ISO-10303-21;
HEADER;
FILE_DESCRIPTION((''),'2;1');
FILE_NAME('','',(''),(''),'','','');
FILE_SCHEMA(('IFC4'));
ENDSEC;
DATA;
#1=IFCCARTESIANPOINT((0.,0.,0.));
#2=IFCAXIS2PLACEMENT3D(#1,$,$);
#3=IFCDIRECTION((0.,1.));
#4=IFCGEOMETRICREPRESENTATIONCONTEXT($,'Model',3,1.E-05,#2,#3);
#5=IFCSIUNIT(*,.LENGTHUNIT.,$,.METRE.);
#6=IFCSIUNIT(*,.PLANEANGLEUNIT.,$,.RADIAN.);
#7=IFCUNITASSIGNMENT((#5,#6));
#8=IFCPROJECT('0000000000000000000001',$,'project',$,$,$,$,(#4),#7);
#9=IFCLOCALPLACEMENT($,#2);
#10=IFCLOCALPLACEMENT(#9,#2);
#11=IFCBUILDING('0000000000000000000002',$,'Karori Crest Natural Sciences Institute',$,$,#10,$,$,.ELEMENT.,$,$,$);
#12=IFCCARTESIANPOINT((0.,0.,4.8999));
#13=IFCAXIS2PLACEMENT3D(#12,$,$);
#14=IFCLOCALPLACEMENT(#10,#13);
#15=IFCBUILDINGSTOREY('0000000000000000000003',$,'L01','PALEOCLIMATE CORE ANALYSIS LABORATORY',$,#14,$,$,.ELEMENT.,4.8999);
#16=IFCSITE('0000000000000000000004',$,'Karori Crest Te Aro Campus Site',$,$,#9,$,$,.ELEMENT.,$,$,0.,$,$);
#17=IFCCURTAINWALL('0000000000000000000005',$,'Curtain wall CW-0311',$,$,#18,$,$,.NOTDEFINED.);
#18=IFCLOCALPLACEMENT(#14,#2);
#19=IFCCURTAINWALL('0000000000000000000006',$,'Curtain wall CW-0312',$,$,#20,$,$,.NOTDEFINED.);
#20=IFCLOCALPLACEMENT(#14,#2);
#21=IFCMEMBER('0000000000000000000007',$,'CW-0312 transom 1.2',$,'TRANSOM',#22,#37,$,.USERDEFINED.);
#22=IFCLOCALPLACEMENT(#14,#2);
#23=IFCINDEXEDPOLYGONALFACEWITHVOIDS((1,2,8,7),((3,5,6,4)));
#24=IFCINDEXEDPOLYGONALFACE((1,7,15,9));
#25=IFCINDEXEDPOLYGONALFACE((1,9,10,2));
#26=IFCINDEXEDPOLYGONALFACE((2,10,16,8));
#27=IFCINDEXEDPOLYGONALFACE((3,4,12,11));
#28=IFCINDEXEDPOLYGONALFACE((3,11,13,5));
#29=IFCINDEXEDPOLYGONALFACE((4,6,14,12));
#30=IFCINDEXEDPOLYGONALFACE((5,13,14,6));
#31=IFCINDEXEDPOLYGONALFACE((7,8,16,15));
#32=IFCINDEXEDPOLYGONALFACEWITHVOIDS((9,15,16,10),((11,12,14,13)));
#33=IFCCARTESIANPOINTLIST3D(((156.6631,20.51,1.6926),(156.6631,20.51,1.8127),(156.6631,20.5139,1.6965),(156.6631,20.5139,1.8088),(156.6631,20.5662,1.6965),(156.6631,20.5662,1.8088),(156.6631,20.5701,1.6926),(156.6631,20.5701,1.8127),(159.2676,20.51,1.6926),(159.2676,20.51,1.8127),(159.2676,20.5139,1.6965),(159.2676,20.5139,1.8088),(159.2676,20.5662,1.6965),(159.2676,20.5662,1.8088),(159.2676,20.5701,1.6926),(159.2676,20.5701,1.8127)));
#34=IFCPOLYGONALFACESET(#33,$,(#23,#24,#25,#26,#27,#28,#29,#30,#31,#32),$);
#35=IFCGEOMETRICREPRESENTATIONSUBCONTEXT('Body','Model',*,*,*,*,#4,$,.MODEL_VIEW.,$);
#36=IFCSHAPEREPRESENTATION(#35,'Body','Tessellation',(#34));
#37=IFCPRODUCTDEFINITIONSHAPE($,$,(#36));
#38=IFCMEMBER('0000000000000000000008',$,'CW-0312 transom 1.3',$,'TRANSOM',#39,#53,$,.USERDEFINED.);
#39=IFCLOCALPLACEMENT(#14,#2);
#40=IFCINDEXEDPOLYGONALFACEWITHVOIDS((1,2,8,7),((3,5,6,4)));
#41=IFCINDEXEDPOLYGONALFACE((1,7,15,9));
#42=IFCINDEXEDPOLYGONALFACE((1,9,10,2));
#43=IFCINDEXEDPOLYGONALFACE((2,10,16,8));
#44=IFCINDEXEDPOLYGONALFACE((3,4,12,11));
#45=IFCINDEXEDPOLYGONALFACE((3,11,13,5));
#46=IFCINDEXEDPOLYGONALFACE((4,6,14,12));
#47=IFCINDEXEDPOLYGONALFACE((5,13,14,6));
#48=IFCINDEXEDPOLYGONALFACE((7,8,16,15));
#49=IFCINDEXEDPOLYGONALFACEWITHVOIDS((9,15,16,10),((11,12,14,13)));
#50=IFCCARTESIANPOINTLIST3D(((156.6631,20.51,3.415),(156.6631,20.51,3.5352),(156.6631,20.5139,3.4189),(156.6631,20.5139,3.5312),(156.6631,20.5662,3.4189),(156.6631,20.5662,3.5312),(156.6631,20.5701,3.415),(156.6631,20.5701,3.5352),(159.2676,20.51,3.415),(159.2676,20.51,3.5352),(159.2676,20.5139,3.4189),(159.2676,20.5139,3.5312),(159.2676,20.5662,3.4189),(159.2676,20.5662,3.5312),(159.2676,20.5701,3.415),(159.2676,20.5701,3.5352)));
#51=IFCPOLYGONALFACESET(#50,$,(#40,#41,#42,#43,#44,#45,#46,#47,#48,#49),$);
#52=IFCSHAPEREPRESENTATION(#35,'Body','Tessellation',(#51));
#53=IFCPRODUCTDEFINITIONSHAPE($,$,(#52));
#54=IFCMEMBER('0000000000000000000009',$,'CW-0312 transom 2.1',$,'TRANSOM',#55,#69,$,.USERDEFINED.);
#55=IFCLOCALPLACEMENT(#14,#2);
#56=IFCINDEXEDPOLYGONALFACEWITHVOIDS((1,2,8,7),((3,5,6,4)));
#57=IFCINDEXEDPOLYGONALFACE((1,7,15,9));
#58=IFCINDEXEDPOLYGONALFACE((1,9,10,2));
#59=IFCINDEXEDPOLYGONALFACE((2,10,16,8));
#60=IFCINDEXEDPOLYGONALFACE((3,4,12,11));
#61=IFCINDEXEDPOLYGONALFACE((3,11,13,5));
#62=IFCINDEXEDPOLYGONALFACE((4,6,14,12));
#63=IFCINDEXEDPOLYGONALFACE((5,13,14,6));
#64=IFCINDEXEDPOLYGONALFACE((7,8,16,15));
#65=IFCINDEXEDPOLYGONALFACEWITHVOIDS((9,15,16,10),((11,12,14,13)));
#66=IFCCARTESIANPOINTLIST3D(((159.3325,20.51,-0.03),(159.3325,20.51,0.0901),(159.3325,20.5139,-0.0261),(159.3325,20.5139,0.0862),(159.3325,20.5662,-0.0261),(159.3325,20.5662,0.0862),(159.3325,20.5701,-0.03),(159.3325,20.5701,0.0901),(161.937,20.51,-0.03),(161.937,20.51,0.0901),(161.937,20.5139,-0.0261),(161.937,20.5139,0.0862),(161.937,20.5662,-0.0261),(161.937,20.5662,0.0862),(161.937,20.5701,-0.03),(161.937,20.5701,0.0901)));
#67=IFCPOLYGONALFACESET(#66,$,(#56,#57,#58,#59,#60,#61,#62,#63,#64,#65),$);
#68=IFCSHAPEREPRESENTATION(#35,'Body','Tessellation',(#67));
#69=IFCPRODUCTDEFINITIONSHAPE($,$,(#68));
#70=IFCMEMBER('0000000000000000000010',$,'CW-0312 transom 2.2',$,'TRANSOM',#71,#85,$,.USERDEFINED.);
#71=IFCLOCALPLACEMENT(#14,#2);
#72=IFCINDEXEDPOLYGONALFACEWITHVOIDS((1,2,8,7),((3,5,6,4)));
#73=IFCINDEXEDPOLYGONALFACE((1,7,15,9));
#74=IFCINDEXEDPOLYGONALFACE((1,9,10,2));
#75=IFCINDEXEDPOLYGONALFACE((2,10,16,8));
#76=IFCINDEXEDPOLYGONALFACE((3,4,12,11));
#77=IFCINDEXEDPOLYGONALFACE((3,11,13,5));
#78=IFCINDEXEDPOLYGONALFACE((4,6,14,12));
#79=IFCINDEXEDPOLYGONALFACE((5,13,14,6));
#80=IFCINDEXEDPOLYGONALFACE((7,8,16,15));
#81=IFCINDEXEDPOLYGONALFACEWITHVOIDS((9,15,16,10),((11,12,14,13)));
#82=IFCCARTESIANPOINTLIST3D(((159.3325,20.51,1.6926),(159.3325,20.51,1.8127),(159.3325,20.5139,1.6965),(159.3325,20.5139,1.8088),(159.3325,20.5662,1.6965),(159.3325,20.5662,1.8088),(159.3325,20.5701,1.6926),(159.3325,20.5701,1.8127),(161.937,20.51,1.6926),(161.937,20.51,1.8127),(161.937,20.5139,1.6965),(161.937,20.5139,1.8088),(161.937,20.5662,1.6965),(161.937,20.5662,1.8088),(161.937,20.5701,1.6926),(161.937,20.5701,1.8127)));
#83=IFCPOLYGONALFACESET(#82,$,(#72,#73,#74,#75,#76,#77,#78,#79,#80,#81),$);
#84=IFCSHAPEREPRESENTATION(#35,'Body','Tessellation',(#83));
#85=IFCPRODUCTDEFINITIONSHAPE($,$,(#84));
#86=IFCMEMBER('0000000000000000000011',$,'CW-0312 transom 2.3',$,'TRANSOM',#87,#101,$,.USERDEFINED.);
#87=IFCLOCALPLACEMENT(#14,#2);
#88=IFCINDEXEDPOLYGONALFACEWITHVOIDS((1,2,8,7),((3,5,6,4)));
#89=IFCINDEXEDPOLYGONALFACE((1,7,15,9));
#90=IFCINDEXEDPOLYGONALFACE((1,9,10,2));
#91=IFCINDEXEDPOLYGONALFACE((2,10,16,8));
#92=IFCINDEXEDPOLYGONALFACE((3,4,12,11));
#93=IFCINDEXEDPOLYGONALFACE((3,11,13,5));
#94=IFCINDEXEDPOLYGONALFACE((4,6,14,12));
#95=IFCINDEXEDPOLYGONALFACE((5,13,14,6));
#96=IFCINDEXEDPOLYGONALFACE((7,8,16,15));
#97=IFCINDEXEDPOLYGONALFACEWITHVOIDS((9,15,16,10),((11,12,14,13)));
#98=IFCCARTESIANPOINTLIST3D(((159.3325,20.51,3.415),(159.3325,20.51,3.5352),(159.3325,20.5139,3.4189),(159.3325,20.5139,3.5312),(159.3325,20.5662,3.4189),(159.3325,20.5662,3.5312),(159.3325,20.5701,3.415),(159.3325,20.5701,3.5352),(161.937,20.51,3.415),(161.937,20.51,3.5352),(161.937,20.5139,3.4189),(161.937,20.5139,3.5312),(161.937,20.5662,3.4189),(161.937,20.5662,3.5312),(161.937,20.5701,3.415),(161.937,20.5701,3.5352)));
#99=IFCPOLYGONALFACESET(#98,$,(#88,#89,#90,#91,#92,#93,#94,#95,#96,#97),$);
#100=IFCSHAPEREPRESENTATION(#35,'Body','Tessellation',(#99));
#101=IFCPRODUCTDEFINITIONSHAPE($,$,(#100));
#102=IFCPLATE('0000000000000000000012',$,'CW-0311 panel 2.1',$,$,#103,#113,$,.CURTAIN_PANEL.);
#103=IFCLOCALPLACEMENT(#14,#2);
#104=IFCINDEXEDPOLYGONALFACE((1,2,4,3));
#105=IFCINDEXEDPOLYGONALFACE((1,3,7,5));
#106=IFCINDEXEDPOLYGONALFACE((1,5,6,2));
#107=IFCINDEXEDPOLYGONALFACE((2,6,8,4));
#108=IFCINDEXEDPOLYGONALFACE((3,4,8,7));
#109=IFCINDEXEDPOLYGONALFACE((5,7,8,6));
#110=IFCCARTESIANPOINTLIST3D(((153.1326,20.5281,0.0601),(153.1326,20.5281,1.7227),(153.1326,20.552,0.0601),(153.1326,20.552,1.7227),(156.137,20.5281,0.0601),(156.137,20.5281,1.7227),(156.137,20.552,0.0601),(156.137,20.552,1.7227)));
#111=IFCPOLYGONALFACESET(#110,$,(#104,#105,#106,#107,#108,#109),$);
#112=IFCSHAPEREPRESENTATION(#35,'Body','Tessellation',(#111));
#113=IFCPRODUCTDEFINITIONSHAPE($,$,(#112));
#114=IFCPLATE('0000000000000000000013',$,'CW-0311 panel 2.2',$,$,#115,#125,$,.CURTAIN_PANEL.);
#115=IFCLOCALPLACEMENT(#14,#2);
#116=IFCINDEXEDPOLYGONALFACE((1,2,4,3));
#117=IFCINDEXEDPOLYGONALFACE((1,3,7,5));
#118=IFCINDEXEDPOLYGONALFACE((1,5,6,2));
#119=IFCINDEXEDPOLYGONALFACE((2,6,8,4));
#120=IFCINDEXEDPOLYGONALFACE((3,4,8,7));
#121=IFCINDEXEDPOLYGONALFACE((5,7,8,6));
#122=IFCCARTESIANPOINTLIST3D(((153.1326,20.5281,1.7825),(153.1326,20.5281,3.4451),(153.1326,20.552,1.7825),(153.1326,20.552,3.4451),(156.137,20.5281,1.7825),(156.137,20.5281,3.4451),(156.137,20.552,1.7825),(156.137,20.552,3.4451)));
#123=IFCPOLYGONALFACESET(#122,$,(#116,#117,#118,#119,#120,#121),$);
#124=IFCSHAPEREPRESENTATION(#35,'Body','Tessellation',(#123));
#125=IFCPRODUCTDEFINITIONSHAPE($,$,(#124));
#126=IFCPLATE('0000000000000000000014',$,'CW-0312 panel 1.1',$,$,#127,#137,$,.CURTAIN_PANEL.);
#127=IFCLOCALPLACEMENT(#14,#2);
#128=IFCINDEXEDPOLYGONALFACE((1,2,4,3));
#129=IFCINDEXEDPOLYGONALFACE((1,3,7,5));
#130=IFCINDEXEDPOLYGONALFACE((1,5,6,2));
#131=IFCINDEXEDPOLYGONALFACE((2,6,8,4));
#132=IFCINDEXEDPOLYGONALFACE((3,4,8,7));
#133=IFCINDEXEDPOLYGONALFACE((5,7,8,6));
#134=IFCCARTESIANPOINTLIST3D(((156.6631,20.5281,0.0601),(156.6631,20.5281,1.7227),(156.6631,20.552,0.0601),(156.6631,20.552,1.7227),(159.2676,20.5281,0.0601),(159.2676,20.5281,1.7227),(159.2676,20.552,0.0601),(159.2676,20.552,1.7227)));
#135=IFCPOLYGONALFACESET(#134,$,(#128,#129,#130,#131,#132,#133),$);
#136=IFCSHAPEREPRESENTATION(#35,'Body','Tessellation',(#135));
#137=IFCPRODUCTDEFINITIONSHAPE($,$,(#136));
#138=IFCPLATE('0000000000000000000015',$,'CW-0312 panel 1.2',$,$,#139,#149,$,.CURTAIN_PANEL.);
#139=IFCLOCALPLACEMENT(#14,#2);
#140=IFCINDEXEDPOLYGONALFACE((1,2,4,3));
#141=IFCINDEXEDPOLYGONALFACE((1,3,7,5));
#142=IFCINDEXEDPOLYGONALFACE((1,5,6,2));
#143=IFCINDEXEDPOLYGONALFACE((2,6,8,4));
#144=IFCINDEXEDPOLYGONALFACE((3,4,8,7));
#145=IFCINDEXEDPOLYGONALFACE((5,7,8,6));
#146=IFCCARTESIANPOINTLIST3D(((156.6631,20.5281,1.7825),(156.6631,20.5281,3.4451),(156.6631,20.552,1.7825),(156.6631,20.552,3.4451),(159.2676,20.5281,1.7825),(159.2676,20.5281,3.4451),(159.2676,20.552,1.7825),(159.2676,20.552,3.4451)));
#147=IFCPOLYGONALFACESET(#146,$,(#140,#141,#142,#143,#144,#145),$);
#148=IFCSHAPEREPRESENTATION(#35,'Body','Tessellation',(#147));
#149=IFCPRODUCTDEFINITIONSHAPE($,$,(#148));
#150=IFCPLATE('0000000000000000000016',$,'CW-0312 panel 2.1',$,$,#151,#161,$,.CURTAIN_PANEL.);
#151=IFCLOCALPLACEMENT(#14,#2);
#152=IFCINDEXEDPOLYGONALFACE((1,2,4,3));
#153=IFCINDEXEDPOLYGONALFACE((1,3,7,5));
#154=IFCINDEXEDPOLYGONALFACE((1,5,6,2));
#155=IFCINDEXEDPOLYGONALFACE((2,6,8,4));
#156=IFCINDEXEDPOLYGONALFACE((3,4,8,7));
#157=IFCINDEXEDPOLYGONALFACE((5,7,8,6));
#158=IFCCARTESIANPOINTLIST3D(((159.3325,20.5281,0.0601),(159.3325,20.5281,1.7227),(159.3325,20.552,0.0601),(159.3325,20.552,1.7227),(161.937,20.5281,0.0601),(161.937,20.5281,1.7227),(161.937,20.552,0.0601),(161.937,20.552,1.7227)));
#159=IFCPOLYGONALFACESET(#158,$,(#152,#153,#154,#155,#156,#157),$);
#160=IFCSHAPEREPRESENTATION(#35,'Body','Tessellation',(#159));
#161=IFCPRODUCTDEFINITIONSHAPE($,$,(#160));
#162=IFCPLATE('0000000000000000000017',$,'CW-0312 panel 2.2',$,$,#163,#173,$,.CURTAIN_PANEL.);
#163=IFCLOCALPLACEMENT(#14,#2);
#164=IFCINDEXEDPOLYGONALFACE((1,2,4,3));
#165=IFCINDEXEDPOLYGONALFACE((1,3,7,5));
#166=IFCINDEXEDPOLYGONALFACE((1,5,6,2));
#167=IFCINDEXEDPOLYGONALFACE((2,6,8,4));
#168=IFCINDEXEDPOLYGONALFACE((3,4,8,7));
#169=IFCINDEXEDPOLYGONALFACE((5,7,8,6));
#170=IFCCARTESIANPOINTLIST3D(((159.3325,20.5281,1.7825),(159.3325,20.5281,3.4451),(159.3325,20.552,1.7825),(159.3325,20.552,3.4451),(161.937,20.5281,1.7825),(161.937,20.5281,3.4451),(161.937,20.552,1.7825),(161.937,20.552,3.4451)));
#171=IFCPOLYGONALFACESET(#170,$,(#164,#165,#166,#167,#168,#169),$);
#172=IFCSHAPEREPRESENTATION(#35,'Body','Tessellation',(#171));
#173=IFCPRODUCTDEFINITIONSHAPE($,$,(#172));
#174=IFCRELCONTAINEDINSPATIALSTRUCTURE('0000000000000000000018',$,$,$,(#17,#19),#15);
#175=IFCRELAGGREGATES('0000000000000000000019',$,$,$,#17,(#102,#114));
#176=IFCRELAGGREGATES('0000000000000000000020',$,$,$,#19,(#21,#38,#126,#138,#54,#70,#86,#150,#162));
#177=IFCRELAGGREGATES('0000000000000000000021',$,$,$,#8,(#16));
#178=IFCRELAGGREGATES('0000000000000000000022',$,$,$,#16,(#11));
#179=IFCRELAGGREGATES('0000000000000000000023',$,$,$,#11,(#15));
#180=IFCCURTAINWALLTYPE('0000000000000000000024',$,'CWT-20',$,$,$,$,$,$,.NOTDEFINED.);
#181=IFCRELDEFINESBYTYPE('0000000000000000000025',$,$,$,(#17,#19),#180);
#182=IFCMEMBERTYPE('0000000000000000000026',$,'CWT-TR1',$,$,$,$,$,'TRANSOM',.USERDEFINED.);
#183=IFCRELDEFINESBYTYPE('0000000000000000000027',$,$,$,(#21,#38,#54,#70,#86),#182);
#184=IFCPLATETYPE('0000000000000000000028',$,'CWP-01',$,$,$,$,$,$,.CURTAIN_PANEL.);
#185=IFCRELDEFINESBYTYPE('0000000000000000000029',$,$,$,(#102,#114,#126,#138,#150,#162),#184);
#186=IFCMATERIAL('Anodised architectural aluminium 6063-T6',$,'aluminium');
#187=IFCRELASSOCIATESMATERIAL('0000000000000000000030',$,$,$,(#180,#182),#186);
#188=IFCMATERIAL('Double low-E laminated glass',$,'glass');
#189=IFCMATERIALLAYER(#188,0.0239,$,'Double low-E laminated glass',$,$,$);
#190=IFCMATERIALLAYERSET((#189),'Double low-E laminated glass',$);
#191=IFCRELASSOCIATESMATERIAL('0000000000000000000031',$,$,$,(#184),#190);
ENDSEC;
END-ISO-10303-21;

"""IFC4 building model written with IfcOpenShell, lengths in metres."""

from ifc_helpers import new_model, si_unit, direction, frame, origin, origin_2d, place, context, subcontext, project, spatial, rectangle, hollow_rectangle, extrude, material, layer, layer_set, material_profile, profile_set, type_object, element, aggregate, save


model = new_model("IFC4")

# Units and contexts
model_context = context("Model", 3, precision=1e-05, world=origin(), true_north=direction((0.0, 1.0)))
body_context = subcontext(model_context, "Body", "Model", "MODEL_VIEW")
ifc_project = project(units=[si_unit("LENGTHUNIT", "METRE"), si_unit("PLANEANGLEUNIT", "RADIAN")], contexts=[model_context])

# Site, building, storey
site_placement = place(None, origin())
site = spatial("IfcSite", under=ifc_project, at=site_placement, Name="Karori Crest Te Aro Campus Site", CompositionType="ELEMENT", RefElevation=0.0)
building_placement = place(site_placement, origin())
building = spatial("IfcBuilding", under=site, at=building_placement, Name="Karori Crest Natural Sciences Institute", CompositionType="ELEMENT")
storey_placement = place(building_placement, frame((0.0, 0.0, 4.8999)))
storey = spatial("IfcBuildingStorey", under=building, at=storey_placement, Name="L01", Description="PALEOCLIMATE CORE ANALYSIS LABORATORY", CompositionType="ELEMENT", Elevation=4.8999)

# Curtain wall
ifc_material_1 = material(Name="Anodised architectural aluminium 6063-T6", Category="aluminium")
curtain_wall_type = type_object("IfcCurtainWallType", Name="CWT-20", PredefinedType="NOTDEFINED", material=ifc_material_1)
curtain_wall_1_placement = place(storey_placement, origin())
curtain_wall_1 = element("IfcCurtainWall", 1, at=curtain_wall_1_placement, inside=storey, type_object=curtain_wall_type, Name="Curtain wall CW-0311", PredefinedType="NOTDEFINED")

# Curtain wall
curtain_wall_2_placement = place(storey_placement, origin())
curtain_wall_2 = element("IfcCurtainWall", 2, at=curtain_wall_2_placement, inside=storey, type_object=curtain_wall_type, Name="Curtain wall CW-0312", PredefinedType="NOTDEFINED")

# Members
ifc_material_profile_1 = material_profile(ifc_material_1, hollow_rectangle(XDim=0.0601, YDim=0.1201, WallThickness=0.0039, at=origin_2d()), Name="CWT120x60x4")
ifc_profile_set_1 = profile_set([ifc_material_profile_1], Name="Anodised architectural aluminium 6063-T6")
member_type_1 = type_object("IfcMemberType", Name="CWT-TR1", ElementType="TRANSOM", PredefinedType="USERDEFINED", material=ifc_profile_set_1)
member_1_placement = place(storey_placement, frame((156.6631, 20.54, 1.7527), z_axis=(1.0, 0.0, 0.0), x_axis=(0.0, 1.0, 0.0)))
member_1 = element("IfcMember", 3, at=member_1_placement, type_object=member_type_1, Name="CW-0312 transom 1.2", ObjectType="TRANSOM", PredefinedType="USERDEFINED", context=body_context, shape_type="SweptSolid", body=[
    extrude(hollow_rectangle(XDim=0.0601, YDim=0.1201, WallThickness=0.0039, at=origin_2d()), origin(), (0.0, 0.0, 1.0), 2.6045),
])
member_2_placement = place(storey_placement, frame((156.6631, 20.54, 3.4751), z_axis=(1.0, 0.0, 0.0), x_axis=(0.0, 1.0, 0.0)))
member_2 = element("IfcMember", 4, at=member_2_placement, type_object=member_type_1, Name="CW-0312 transom 1.3", ObjectType="TRANSOM", PredefinedType="USERDEFINED", context=body_context, shape_type="SweptSolid", body=[
    extrude(hollow_rectangle(XDim=0.0601, YDim=0.1201, WallThickness=0.0039, at=origin_2d()), origin(), (0.0, 0.0, 1.0), 2.6045),
])
member_3_placement = place(storey_placement, frame((159.3325, 20.54, 0.03), z_axis=(1.0, 0.0, 0.0), x_axis=(0.0, 1.0, 0.0)))
member_3 = element("IfcMember", 5, at=member_3_placement, type_object=member_type_1, Name="CW-0312 transom 2.1", ObjectType="TRANSOM", PredefinedType="USERDEFINED", context=body_context, shape_type="SweptSolid", body=[
    extrude(hollow_rectangle(XDim=0.0601, YDim=0.1201, WallThickness=0.0039, at=origin_2d()), origin(), (0.0, 0.0, 1.0), 2.6045),
])
member_4_placement = place(storey_placement, frame((159.3325, 20.54, 1.7527), z_axis=(1.0, 0.0, 0.0), x_axis=(0.0, 1.0, 0.0)))
member_4 = element("IfcMember", 6, at=member_4_placement, type_object=member_type_1, Name="CW-0312 transom 2.2", ObjectType="TRANSOM", PredefinedType="USERDEFINED", context=body_context, shape_type="SweptSolid", body=[
    extrude(hollow_rectangle(XDim=0.0601, YDim=0.1201, WallThickness=0.0039, at=origin_2d()), origin(), (0.0, 0.0, 1.0), 2.6045),
])
member_5_placement = place(storey_placement, frame((159.3325, 20.54, 3.4751), z_axis=(1.0, 0.0, 0.0), x_axis=(0.0, 1.0, 0.0)))
member_5 = element("IfcMember", 7, at=member_5_placement, type_object=member_type_1, Name="CW-0312 transom 2.3", ObjectType="TRANSOM", PredefinedType="USERDEFINED", context=body_context, shape_type="SweptSolid", body=[
    extrude(hollow_rectangle(XDim=0.0601, YDim=0.1201, WallThickness=0.0039, at=origin_2d()), origin(), (0.0, 0.0, 1.0), 2.6045),
])

# Plates
ifc_material_2 = material(Name="Double low-E laminated glass", Category="glass")
ifc_layer_1 = layer(ifc_material_2, 0.0239, Name="Double low-E laminated glass")
ifc_layer_set_1 = layer_set([ifc_layer_1], Name="Double low-E laminated glass")
plate_type = type_object("IfcPlateType", Name="CWP-01", PredefinedType="CURTAIN_PANEL", material=ifc_layer_set_1)
plate_1_placement = place(storey_placement, frame((154.6348, 20.54, 0.0601), z_axis=(0.0, 0.0, 1.0), x_axis=(1.0, 0.0, 0.0)))
plate_1 = element("IfcPlate", 8, at=plate_1_placement, type_object=plate_type, Name="CW-0311 panel 2.1", PredefinedType="CURTAIN_PANEL", context=body_context, shape_type="SweptSolid", body=[
    extrude(rectangle(XDim=3.0044, YDim=0.0239, at=origin_2d()), origin(), (0.0, 0.0, 1.0), 1.6626),
])
plate_2_placement = place(storey_placement, frame((154.6348, 20.54, 1.7825), z_axis=(0.0, 0.0, 1.0), x_axis=(1.0, 0.0, 0.0)))
plate_2 = element("IfcPlate", 9, at=plate_2_placement, type_object=plate_type, Name="CW-0311 panel 2.2", PredefinedType="CURTAIN_PANEL", context=body_context, shape_type="SweptSolid", body=[
    extrude(rectangle(XDim=3.0044, YDim=0.0239, at=origin_2d()), origin(), (0.0, 0.0, 1.0), 1.6626),
])
aggregate(curtain_wall_1, [plate_1, plate_2])
plate_3_placement = place(storey_placement, frame((157.9653, 20.54, 0.0601), z_axis=(0.0, 0.0, 1.0), x_axis=(1.0, 0.0, 0.0)))
plate_3 = element("IfcPlate", 10, at=plate_3_placement, type_object=plate_type, Name="CW-0312 panel 1.1", PredefinedType="CURTAIN_PANEL", context=body_context, shape_type="SweptSolid", body=[
    extrude(rectangle(XDim=2.6045, YDim=0.0239, at=origin_2d()), origin(), (0.0, 0.0, 1.0), 1.6626),
])
plate_4_placement = place(storey_placement, frame((157.9653, 20.54, 1.7825), z_axis=(0.0, 0.0, 1.0), x_axis=(1.0, 0.0, 0.0)))
plate_4 = element("IfcPlate", 11, at=plate_4_placement, type_object=plate_type, Name="CW-0312 panel 1.2", PredefinedType="CURTAIN_PANEL", context=body_context, shape_type="SweptSolid", body=[
    extrude(rectangle(XDim=2.6045, YDim=0.0239, at=origin_2d()), origin(), (0.0, 0.0, 1.0), 1.6626),
])
plate_5_placement = place(storey_placement, frame((160.6348, 20.54, 0.0601), z_axis=(0.0, 0.0, 1.0), x_axis=(1.0, 0.0, 0.0)))
plate_5 = element("IfcPlate", 12, at=plate_5_placement, type_object=plate_type, Name="CW-0312 panel 2.1", PredefinedType="CURTAIN_PANEL", context=body_context, shape_type="SweptSolid", body=[
    extrude(rectangle(XDim=2.6045, YDim=0.0239, at=origin_2d()), origin(), (0.0, 0.0, 1.0), 1.6626),
])
plate_6_placement = place(storey_placement, frame((160.6348, 20.54, 1.7825), z_axis=(0.0, 0.0, 1.0), x_axis=(1.0, 0.0, 0.0)))
plate_6 = element("IfcPlate", 13, at=plate_6_placement, type_object=plate_type, Name="CW-0312 panel 2.2", PredefinedType="CURTAIN_PANEL", context=body_context, shape_type="SweptSolid", body=[
    extrude(rectangle(XDim=2.6045, YDim=0.0239, at=origin_2d()), origin(), (0.0, 0.0, 1.0), 1.6626),
])
aggregate(curtain_wall_2, [member_1, member_2, plate_3, plate_4, member_3, member_4, member_5, plate_5, plate_6])

save(model, "model.ifc")
